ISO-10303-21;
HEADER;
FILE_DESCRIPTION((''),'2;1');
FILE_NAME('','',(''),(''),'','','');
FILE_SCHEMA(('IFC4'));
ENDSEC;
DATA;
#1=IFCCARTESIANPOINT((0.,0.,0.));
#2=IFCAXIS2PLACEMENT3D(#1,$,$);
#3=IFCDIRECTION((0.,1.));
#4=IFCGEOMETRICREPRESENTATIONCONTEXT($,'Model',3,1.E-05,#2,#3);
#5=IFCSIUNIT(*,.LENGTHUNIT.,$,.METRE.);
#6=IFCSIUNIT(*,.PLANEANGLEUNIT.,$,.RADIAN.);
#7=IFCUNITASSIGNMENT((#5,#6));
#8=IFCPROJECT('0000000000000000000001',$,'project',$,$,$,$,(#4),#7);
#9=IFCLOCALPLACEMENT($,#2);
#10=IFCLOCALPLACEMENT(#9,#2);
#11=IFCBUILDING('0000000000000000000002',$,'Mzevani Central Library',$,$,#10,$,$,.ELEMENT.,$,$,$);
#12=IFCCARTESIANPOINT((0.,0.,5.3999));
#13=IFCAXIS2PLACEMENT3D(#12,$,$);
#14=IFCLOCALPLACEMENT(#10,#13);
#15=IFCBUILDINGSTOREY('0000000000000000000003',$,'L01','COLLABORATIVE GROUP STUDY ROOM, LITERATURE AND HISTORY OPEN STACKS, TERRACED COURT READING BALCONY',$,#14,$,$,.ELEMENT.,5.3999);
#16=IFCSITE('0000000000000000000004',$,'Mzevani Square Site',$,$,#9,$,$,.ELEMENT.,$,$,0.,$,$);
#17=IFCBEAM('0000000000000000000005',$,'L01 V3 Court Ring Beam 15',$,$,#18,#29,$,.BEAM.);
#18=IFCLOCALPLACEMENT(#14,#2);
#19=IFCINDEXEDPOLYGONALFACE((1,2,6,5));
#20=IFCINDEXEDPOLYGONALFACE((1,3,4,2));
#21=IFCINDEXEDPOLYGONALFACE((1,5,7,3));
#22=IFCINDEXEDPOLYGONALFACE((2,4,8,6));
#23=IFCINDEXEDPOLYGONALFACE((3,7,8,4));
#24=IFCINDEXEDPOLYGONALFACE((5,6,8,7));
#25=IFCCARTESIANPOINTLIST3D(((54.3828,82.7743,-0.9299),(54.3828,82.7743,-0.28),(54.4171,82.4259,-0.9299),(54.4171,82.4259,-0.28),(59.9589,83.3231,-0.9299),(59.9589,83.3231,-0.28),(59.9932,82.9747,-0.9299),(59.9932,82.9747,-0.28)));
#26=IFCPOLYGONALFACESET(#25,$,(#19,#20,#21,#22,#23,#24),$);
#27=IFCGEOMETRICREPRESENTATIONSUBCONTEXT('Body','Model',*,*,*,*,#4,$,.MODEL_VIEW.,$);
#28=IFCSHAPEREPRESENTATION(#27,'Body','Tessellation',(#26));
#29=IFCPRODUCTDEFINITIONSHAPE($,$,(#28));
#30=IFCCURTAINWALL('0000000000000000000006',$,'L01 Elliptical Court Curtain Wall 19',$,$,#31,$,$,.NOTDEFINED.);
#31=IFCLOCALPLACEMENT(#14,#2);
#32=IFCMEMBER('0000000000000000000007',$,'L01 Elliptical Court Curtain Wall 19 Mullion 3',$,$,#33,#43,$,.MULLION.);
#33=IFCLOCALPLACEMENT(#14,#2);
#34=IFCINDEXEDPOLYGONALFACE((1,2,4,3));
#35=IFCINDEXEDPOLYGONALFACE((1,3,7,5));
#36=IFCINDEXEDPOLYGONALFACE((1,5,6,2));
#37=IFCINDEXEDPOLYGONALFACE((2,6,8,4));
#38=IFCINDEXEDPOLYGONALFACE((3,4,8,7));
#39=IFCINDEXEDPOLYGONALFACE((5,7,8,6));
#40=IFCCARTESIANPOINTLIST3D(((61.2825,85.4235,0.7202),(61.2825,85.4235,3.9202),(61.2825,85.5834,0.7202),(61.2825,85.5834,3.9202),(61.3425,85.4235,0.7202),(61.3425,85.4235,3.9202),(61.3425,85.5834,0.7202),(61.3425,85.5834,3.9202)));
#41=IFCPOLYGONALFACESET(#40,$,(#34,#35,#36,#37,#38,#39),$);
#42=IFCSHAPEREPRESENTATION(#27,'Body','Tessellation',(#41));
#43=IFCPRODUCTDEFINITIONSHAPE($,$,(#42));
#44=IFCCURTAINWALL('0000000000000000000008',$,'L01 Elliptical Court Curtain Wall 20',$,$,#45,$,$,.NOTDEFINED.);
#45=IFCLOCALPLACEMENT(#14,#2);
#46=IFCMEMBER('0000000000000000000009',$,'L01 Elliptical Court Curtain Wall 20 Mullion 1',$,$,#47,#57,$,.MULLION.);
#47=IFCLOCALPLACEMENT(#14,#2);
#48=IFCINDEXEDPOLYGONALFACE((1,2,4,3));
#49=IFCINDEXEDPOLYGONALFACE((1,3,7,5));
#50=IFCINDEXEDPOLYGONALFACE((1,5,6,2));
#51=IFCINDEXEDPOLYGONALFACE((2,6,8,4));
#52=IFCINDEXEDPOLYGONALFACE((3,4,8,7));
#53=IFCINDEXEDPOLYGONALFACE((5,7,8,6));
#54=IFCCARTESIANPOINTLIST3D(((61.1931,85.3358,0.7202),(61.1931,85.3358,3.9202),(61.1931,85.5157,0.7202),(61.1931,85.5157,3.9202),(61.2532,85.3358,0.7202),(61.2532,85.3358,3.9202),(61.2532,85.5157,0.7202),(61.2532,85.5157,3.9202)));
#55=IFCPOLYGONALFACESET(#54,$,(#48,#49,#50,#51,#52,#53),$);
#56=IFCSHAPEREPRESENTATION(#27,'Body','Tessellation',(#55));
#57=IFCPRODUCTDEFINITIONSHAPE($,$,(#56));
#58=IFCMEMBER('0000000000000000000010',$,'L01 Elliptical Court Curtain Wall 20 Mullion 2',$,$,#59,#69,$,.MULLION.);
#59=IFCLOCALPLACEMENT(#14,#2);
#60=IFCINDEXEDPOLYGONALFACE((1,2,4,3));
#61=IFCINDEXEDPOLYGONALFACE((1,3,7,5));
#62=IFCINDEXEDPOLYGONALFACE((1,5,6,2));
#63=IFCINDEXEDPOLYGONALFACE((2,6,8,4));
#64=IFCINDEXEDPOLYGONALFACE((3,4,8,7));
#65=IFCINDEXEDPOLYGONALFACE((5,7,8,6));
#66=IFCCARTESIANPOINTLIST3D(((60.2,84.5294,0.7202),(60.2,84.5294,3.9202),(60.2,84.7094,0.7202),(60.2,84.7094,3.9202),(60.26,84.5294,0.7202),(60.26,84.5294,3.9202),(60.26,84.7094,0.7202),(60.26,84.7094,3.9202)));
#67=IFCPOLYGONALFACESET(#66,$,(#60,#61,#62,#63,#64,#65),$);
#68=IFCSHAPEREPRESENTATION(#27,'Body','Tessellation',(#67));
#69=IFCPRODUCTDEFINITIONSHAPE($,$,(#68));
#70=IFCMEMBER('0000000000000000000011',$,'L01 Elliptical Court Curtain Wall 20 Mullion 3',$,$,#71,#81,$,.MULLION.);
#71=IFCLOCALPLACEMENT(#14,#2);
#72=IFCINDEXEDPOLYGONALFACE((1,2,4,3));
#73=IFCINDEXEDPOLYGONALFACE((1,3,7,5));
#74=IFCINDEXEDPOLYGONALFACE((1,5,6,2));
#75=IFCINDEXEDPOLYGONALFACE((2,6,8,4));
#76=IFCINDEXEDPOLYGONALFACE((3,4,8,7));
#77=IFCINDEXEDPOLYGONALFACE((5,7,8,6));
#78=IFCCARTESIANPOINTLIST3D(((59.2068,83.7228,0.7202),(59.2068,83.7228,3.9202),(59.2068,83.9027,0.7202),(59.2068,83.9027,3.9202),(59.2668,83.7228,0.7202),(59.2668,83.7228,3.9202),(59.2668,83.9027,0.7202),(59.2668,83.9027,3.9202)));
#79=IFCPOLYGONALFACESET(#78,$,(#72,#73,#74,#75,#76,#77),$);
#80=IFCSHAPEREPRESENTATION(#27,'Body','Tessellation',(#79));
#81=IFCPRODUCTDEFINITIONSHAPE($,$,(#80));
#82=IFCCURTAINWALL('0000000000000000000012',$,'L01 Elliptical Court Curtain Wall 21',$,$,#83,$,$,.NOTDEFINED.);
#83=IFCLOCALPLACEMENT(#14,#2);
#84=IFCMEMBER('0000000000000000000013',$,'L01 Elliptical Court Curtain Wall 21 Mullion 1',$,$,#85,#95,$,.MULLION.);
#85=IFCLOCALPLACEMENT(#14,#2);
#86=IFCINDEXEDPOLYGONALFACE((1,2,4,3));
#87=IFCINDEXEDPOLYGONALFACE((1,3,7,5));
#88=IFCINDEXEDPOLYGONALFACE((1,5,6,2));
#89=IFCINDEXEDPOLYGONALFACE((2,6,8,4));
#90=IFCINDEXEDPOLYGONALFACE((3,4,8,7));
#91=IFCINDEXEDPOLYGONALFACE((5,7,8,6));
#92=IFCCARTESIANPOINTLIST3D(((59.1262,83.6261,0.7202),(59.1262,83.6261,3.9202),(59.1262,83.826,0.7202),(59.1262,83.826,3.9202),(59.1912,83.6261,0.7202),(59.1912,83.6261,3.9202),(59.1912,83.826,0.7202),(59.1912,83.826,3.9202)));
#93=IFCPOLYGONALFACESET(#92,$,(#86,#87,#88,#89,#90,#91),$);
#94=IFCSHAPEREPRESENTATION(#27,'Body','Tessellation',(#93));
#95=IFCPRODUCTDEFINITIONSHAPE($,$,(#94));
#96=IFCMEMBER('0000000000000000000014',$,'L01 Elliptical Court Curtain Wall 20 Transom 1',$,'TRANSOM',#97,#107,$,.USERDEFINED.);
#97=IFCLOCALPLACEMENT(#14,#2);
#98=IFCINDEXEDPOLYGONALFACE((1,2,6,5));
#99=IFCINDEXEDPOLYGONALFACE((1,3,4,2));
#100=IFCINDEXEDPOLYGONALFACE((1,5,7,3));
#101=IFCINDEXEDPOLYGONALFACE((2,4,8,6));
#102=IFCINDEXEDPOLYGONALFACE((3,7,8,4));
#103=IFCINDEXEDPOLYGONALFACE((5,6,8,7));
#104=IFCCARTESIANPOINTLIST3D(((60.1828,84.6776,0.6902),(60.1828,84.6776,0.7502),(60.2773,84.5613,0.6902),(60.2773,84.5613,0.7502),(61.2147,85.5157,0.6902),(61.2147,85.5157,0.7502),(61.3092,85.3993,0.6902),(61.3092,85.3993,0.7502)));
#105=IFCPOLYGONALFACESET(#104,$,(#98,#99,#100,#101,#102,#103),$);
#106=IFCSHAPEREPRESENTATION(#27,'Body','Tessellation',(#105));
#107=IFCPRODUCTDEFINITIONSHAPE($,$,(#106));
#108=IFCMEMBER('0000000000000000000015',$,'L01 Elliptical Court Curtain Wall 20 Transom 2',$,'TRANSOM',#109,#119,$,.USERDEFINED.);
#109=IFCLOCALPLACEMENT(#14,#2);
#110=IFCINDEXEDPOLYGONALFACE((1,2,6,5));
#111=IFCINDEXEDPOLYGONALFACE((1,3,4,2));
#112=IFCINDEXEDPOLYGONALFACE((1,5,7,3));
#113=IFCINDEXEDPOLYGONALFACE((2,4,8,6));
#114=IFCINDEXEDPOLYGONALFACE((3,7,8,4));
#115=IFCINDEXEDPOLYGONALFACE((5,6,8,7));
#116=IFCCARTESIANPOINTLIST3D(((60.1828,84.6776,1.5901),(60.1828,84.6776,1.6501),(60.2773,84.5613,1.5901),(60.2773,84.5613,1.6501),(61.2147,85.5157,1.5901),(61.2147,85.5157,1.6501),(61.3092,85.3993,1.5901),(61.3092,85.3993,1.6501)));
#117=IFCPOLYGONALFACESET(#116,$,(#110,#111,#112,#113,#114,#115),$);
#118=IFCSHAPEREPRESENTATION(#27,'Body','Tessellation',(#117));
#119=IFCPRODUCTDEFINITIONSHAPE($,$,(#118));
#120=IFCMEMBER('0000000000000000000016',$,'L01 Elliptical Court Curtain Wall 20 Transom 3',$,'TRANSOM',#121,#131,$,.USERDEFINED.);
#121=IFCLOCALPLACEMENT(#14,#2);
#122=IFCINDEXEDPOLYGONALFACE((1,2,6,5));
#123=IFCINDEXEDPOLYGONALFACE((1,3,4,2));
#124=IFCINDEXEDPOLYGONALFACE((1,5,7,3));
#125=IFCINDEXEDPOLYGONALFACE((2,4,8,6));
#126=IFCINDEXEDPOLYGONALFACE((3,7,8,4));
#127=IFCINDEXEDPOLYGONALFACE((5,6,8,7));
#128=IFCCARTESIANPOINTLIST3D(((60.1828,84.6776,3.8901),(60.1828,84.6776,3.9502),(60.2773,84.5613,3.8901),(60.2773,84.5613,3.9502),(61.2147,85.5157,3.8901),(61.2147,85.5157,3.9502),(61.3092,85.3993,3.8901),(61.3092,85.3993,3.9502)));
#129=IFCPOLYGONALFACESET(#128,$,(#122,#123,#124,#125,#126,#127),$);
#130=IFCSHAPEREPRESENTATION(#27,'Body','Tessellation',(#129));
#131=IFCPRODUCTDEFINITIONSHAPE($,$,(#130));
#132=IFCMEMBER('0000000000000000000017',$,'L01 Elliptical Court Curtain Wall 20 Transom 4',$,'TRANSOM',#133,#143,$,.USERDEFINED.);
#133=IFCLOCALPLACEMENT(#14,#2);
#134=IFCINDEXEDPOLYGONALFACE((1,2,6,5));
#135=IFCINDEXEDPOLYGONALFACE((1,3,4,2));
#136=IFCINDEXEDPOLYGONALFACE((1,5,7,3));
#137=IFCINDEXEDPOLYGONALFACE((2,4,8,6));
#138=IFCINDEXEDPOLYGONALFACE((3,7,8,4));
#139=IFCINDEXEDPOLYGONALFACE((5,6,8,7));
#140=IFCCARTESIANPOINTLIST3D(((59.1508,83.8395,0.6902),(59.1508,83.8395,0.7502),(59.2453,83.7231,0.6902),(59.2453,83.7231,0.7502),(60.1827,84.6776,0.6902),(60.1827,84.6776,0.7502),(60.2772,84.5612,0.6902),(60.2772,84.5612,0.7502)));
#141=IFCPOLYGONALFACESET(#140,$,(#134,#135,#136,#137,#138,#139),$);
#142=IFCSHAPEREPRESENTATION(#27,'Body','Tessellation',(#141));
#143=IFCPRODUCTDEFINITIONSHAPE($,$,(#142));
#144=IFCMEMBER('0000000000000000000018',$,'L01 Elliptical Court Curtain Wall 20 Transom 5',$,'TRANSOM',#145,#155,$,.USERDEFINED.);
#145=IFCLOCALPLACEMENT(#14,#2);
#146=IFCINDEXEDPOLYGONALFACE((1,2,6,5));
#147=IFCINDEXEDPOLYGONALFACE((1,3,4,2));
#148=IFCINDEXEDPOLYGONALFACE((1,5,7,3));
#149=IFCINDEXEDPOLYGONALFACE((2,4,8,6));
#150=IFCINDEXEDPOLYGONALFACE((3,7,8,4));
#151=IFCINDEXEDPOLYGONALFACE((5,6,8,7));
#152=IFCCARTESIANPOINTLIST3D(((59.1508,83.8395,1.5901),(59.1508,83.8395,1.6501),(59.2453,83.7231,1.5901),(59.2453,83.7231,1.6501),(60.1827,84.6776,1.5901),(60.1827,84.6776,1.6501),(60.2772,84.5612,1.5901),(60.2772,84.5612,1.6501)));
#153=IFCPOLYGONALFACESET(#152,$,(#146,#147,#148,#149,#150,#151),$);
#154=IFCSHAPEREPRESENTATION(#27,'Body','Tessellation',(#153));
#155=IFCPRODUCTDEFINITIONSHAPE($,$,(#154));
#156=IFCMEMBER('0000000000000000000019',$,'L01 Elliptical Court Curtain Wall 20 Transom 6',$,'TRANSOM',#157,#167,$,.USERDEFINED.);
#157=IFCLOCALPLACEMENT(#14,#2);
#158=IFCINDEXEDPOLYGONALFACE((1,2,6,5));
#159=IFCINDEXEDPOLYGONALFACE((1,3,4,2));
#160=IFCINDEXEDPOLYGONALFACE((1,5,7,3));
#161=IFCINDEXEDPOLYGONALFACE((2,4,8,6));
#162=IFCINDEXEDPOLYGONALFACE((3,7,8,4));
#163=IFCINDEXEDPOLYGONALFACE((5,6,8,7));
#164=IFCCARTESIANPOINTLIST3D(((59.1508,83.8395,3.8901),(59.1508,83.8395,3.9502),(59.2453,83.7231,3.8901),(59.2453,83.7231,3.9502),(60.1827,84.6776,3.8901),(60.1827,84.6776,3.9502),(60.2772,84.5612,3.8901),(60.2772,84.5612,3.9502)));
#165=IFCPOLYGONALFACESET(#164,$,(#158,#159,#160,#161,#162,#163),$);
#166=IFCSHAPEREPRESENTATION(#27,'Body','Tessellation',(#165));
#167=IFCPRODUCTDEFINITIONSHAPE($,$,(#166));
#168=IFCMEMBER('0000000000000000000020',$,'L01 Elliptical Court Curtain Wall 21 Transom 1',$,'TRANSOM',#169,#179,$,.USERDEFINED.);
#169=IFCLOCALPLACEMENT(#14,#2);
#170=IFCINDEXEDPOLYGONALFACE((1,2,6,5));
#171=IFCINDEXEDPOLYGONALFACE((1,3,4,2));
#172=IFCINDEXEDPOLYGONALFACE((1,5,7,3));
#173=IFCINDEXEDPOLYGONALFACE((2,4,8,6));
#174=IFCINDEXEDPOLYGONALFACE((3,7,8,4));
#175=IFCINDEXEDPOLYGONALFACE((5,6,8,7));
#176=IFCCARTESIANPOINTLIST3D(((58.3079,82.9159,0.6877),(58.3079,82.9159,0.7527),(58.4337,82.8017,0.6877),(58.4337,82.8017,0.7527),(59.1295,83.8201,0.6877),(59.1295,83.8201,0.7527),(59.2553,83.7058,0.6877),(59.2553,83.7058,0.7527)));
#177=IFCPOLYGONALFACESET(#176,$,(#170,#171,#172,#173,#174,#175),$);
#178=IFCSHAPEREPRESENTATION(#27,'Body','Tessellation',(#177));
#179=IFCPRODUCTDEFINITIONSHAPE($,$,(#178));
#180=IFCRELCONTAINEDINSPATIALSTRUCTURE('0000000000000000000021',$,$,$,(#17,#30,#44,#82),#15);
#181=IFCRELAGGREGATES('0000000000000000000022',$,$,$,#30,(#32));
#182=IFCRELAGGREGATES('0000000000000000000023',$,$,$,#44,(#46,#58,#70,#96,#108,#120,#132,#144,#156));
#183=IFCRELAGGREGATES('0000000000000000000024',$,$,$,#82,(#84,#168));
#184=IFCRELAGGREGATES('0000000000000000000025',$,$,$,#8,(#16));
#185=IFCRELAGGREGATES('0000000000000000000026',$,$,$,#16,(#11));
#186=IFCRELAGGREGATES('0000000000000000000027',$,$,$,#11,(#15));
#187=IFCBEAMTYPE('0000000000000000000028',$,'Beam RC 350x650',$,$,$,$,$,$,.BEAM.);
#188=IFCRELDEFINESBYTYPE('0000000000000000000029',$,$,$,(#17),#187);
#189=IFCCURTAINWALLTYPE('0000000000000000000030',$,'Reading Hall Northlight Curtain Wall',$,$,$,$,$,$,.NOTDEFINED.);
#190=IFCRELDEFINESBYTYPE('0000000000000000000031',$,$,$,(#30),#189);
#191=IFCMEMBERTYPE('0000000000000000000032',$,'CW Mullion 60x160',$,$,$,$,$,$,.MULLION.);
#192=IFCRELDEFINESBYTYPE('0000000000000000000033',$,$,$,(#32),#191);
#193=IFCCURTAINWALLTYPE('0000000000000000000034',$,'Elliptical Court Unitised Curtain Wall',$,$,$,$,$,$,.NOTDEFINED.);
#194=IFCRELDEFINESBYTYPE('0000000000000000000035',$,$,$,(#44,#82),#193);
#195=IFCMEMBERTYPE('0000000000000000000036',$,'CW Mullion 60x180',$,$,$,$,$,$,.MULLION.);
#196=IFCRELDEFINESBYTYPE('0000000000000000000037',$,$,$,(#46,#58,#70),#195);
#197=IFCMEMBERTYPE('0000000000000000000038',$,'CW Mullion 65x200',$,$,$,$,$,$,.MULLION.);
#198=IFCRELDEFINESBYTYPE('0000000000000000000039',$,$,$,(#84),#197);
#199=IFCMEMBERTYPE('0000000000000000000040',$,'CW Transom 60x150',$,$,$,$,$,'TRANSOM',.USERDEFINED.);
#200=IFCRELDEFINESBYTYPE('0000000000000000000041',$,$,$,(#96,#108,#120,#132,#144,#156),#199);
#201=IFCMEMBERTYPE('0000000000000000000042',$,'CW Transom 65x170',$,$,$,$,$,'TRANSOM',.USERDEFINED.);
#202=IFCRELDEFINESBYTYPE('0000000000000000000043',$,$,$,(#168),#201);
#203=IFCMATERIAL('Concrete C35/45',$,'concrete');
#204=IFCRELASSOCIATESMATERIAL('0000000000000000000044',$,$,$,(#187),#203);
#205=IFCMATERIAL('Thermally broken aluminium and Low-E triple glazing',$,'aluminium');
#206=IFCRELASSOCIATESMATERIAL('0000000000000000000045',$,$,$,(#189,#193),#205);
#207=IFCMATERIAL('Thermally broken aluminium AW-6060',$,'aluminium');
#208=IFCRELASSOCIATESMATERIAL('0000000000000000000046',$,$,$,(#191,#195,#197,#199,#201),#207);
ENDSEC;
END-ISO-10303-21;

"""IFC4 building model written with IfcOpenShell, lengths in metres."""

from ifc_helpers import new_model, si_unit, direction, frame, origin, origin_2d, place, context, subcontext, project, spatial, rectangle, extrude, material, material_profile, profile_set, type_object, element, aggregate, save


model = new_model("IFC4")

# Units and contexts
model_context = context("Model", 3, precision=1e-05, world=origin(), true_north=direction((0.0, 1.0)))
body_context = subcontext(model_context, "Body", "Model", "MODEL_VIEW")
ifc_project = project(units=[si_unit("LENGTHUNIT", "METRE"), si_unit("PLANEANGLEUNIT", "RADIAN")], contexts=[model_context])

# Site, building, storey
site_placement = place(None, origin())
site = spatial("IfcSite", under=ifc_project, at=site_placement, Name="Mzevani Square Site", CompositionType="ELEMENT", RefElevation=0.0)
building_placement = place(site_placement, origin())
building = spatial("IfcBuilding", under=site, at=building_placement, Name="Mzevani Central Library", CompositionType="ELEMENT")
storey_placement = place(building_placement, frame((0.0, 0.0, 5.3999)))
storey = spatial("IfcBuildingStorey", under=building, at=storey_placement, Name="L01", Description="COLLABORATIVE GROUP STUDY ROOM, LITERATURE AND HISTORY OPEN STACKS, TERRACED COURT READING BALCONY", CompositionType="ELEMENT", Elevation=5.3999)

# Beam
ifc_material_1 = material(Name="Concrete C35/45", Category="concrete")
ifc_material_profile_1 = material_profile(ifc_material_1, rectangle(XDim=0.3501, YDim=0.6499, at=origin_2d()), Name="RC B350x650")
ifc_profile_set_1 = profile_set([ifc_material_profile_1], Name="Concrete C35/45")
beam_type = type_object("IfcBeamType", Name="Beam RC 350x650", PredefinedType="BEAM", material=ifc_profile_set_1)
beam_placement = place(storey_placement, frame((59.9761, 83.1489, -0.605), z_axis=(-0.995191, -0.097951, 0.0), x_axis=(0.097951, -0.995191, 0.0)))
element("IfcBeam", 1, at=beam_placement, inside=storey, type_object=beam_type, Name="L01 V3 Court Ring Beam 15", PredefinedType="BEAM", context=body_context, shape_type="SweptSolid", body=[
    extrude(rectangle(XDim=0.3501, YDim=0.6499, at=origin_2d()), origin(), (0.0, 0.0, 1.0), 5.603),
])

# Curtain wall, member
ifc_material_2 = material(Name="Thermally broken aluminium and Low-E triple glazing", Category="aluminium")
curtain_wall_type_1 = type_object("IfcCurtainWallType", Name="Reading Hall Northlight Curtain Wall", PredefinedType="NOTDEFINED", material=ifc_material_2)
curtain_wall_1_placement = place(storey_placement, origin())
curtain_wall_1 = element("IfcCurtainWall", 2, at=curtain_wall_1_placement, inside=storey, type_object=curtain_wall_type_1, Name="L01 Elliptical Court Curtain Wall 19", PredefinedType="NOTDEFINED")
ifc_material_3 = material(Name="Thermally broken aluminium AW-6060", Category="aluminium")
ifc_material_profile_2 = material_profile(ifc_material_3, rectangle(XDim=0.0601, YDim=0.1599, at=origin_2d()), Name="ALU M60x160")
ifc_profile_set_2 = profile_set([ifc_material_profile_2], Name="Thermally broken aluminium AW-6060")
member_type_1 = type_object("IfcMemberType", Name="CW Mullion 60x160", PredefinedType="MULLION", material=ifc_profile_set_2)
member_1_placement = place(storey_placement, frame((61.3125, 85.5034, 0.7202), z_axis=(0.0, 0.0, 1.0), x_axis=(1.0, 0.0, 0.0)))
member_1 = element("IfcMember", 3, at=member_1_placement, type_object=member_type_1, Name="L01 Elliptical Court Curtain Wall 19 Mullion 3", PredefinedType="MULLION", context=body_context, shape_type="SweptSolid", body=[
    extrude(rectangle(XDim=0.0601, YDim=0.1599, at=origin_2d()), origin(), (0.0, 0.0, 1.0), 3.2),
])
aggregate(curtain_wall_1, [member_1])

# Curtain wall, members
curtain_wall_type_2 = type_object("IfcCurtainWallType", Name="Elliptical Court Unitised Curtain Wall", PredefinedType="NOTDEFINED", material=ifc_material_2)
curtain_wall_2_placement = place(storey_placement, origin())
curtain_wall_2 = element("IfcCurtainWall", 4, at=curtain_wall_2_placement, inside=storey, type_object=curtain_wall_type_2, Name="L01 Elliptical Court Curtain Wall 20", PredefinedType="NOTDEFINED")
ifc_material_profile_3 = material_profile(ifc_material_3, rectangle(XDim=0.0601, YDim=0.1799, at=origin_2d()), Name="ALU M60x180")
ifc_profile_set_3 = profile_set([ifc_material_profile_3], Name="Thermally broken aluminium AW-6060")
member_type_2 = type_object("IfcMemberType", Name="CW Mullion 60x180", PredefinedType="MULLION", material=ifc_profile_set_3)
member_2_placement = place(storey_placement, frame((61.2231, 85.4258, 0.7202), z_axis=(0.0, 0.0, 1.0), x_axis=(1.0, 0.0, 0.0)))
member_2 = element("IfcMember", 5, at=member_2_placement, type_object=member_type_2, Name="L01 Elliptical Court Curtain Wall 20 Mullion 1", PredefinedType="MULLION", context=body_context, shape_type="SweptSolid", body=[
    extrude(rectangle(XDim=0.0601, YDim=0.1799, at=origin_2d()), origin(), (0.0, 0.0, 1.0), 3.2),
])
member_3_placement = place(storey_placement, frame((60.23, 84.6194, 0.7202), z_axis=(0.0, 0.0, 1.0), x_axis=(1.0, 0.0, 0.0)))
member_3 = element("IfcMember", 6, at=member_3_placement, type_object=member_type_2, Name="L01 Elliptical Court Curtain Wall 20 Mullion 2", PredefinedType="MULLION", context=body_context, shape_type="SweptSolid", body=[
    extrude(rectangle(XDim=0.0601, YDim=0.1799, at=origin_2d()), origin(), (0.0, 0.0, 1.0), 3.2),
])
member_4_placement = place(storey_placement, frame((59.2368, 83.8127, 0.7202), z_axis=(0.0, 0.0, 1.0), x_axis=(1.0, 0.0, 0.0)))
member_4 = element("IfcMember", 7, at=member_4_placement, type_object=member_type_2, Name="L01 Elliptical Court Curtain Wall 20 Mullion 3", PredefinedType="MULLION", context=body_context, shape_type="SweptSolid", body=[
    extrude(rectangle(XDim=0.0601, YDim=0.1799, at=origin_2d()), origin(), (0.0, 0.0, 1.0), 3.2),
])

# Curtain wall, member
curtain_wall_3_placement = place(storey_placement, origin())
curtain_wall_3 = element("IfcCurtainWall", 8, at=curtain_wall_3_placement, inside=storey, type_object=curtain_wall_type_2, Name="L01 Elliptical Court Curtain Wall 21", PredefinedType="NOTDEFINED")
ifc_material_profile_4 = material_profile(ifc_material_3, rectangle(XDim=0.0649, YDim=0.2, at=origin_2d()), Name="ALU M65x200")
ifc_profile_set_4 = profile_set([ifc_material_profile_4], Name="Thermally broken aluminium AW-6060")
member_type_3 = type_object("IfcMemberType", Name="CW Mullion 65x200", PredefinedType="MULLION", material=ifc_profile_set_4)
member_5_placement = place(storey_placement, frame((59.1587, 83.7261, 0.7202), z_axis=(0.0, 0.0, 1.0), x_axis=(1.0, 0.0, 0.0)))
member_5 = element("IfcMember", 9, at=member_5_placement, type_object=member_type_3, Name="L01 Elliptical Court Curtain Wall 21 Mullion 1", PredefinedType="MULLION", context=body_context, shape_type="SweptSolid", body=[
    extrude(rectangle(XDim=0.0649, YDim=0.2, at=origin_2d()), origin(), (0.0, 0.0, 1.0), 3.2),
])

# Members
ifc_material_profile_5 = material_profile(ifc_material_3, rectangle(XDim=0.1499, YDim=0.0601, at=origin_2d()), Name="ALU T60x150")
ifc_profile_set_5 = profile_set([ifc_material_profile_5], Name="Thermally broken aluminium AW-6060")
member_type_4 = type_object("IfcMemberType", Name="CW Transom 60x150", ElementType="TRANSOM", PredefinedType="USERDEFINED", material=ifc_profile_set_5)
member_6_placement = place(storey_placement, frame((61.262, 85.4575, 0.7202), z_axis=(-0.776243, -0.630434, 0.0), x_axis=(0.630434, -0.776243, 0.0)))
member_6 = element("IfcMember", 10, at=member_6_placement, type_object=member_type_4, Name="L01 Elliptical Court Curtain Wall 20 Transom 1", ObjectType="TRANSOM", PredefinedType="USERDEFINED", context=body_context, shape_type="SweptSolid", body=[
    extrude(rectangle(XDim=0.1499, YDim=0.0601, at=origin_2d()), origin(), (0.0, 0.0, 1.0), 1.3293),
])
member_7_placement = place(storey_placement, frame((61.262, 85.4575, 1.6201), z_axis=(-0.776243, -0.630434, 0.0), x_axis=(0.630434, -0.776243, 0.0)))
member_7 = element("IfcMember", 11, at=member_7_placement, type_object=member_type_4, Name="L01 Elliptical Court Curtain Wall 20 Transom 2", ObjectType="TRANSOM", PredefinedType="USERDEFINED", context=body_context, shape_type="SweptSolid", body=[
    extrude(rectangle(XDim=0.1499, YDim=0.0601, at=origin_2d()), origin(), (0.0, 0.0, 1.0), 1.3293),
])
member_8_placement = place(storey_placement, frame((61.262, 85.4575, 3.9202), z_axis=(-0.776243, -0.630434, 0.0), x_axis=(0.630434, -0.776243, 0.0)))
member_8 = element("IfcMember", 12, at=member_8_placement, type_object=member_type_4, Name="L01 Elliptical Court Curtain Wall 20 Transom 3", ObjectType="TRANSOM", PredefinedType="USERDEFINED", context=body_context, shape_type="SweptSolid", body=[
    extrude(rectangle(XDim=0.1499, YDim=0.0601, at=origin_2d()), origin(), (0.0, 0.0, 1.0), 1.3293),
])
member_9_placement = place(storey_placement, frame((60.23, 84.6194, 0.7202), z_axis=(-0.776243, -0.630434, 0.0), x_axis=(0.630434, -0.776243, 0.0)))
member_9 = element("IfcMember", 13, at=member_9_placement, type_object=member_type_4, Name="L01 Elliptical Court Curtain Wall 20 Transom 4", ObjectType="TRANSOM", PredefinedType="USERDEFINED", context=body_context, shape_type="SweptSolid", body=[
    extrude(rectangle(XDim=0.1499, YDim=0.0601, at=origin_2d()), origin(), (0.0, 0.0, 1.0), 1.3293),
])
member_10_placement = place(storey_placement, frame((60.23, 84.6194, 1.6201), z_axis=(-0.776243, -0.630434, 0.0), x_axis=(0.630434, -0.776243, 0.0)))
member_10 = element("IfcMember", 14, at=member_10_placement, type_object=member_type_4, Name="L01 Elliptical Court Curtain Wall 20 Transom 5", ObjectType="TRANSOM", PredefinedType="USERDEFINED", context=body_context, shape_type="SweptSolid", body=[
    extrude(rectangle(XDim=0.1499, YDim=0.0601, at=origin_2d()), origin(), (0.0, 0.0, 1.0), 1.3293),
])
member_11_placement = place(storey_placement, frame((60.23, 84.6194, 3.9202), z_axis=(-0.776243, -0.630434, 0.0), x_axis=(0.630434, -0.776243, 0.0)))
member_11 = element("IfcMember", 15, at=member_11_placement, type_object=member_type_4, Name="L01 Elliptical Court Curtain Wall 20 Transom 6", ObjectType="TRANSOM", PredefinedType="USERDEFINED", context=body_context, shape_type="SweptSolid", body=[
    extrude(rectangle(XDim=0.1499, YDim=0.0601, at=origin_2d()), origin(), (0.0, 0.0, 1.0), 1.3293),
])
ifc_material_profile_6 = material_profile(ifc_material_3, rectangle(XDim=0.1699, YDim=0.0649, at=origin_2d()), Name="ALU T65x170")
ifc_profile_set_6 = profile_set([ifc_material_profile_6], Name="Thermally broken aluminium AW-6060")
member_type_5 = type_object("IfcMemberType", Name="CW Transom 65x170", ElementType="TRANSOM", PredefinedType="USERDEFINED", material=ifc_profile_set_6)
member_12_placement = place(storey_placement, frame((59.1924, 83.7629, 0.7202), z_axis=(-0.672524, -0.740076, 0.0), x_axis=(0.740076, -0.672524, 0.0)))
member_12 = element("IfcMember", 16, at=member_12_placement, type_object=member_type_5, Name="L01 Elliptical Court Curtain Wall 21 Transom 1", ObjectType="TRANSOM", PredefinedType="USERDEFINED", context=body_context, shape_type="SweptSolid", body=[
    extrude(rectangle(XDim=0.1699, YDim=0.0649, at=origin_2d()), origin(), (0.0, 0.0, 1.0), 1.2217),
])

aggregate(curtain_wall_2, [member_2, member_3, member_4, member_6, member_7, member_8, member_9, member_10, member_11])
aggregate(curtain_wall_3, [member_5, member_12])

save(model, "model.ifc")
